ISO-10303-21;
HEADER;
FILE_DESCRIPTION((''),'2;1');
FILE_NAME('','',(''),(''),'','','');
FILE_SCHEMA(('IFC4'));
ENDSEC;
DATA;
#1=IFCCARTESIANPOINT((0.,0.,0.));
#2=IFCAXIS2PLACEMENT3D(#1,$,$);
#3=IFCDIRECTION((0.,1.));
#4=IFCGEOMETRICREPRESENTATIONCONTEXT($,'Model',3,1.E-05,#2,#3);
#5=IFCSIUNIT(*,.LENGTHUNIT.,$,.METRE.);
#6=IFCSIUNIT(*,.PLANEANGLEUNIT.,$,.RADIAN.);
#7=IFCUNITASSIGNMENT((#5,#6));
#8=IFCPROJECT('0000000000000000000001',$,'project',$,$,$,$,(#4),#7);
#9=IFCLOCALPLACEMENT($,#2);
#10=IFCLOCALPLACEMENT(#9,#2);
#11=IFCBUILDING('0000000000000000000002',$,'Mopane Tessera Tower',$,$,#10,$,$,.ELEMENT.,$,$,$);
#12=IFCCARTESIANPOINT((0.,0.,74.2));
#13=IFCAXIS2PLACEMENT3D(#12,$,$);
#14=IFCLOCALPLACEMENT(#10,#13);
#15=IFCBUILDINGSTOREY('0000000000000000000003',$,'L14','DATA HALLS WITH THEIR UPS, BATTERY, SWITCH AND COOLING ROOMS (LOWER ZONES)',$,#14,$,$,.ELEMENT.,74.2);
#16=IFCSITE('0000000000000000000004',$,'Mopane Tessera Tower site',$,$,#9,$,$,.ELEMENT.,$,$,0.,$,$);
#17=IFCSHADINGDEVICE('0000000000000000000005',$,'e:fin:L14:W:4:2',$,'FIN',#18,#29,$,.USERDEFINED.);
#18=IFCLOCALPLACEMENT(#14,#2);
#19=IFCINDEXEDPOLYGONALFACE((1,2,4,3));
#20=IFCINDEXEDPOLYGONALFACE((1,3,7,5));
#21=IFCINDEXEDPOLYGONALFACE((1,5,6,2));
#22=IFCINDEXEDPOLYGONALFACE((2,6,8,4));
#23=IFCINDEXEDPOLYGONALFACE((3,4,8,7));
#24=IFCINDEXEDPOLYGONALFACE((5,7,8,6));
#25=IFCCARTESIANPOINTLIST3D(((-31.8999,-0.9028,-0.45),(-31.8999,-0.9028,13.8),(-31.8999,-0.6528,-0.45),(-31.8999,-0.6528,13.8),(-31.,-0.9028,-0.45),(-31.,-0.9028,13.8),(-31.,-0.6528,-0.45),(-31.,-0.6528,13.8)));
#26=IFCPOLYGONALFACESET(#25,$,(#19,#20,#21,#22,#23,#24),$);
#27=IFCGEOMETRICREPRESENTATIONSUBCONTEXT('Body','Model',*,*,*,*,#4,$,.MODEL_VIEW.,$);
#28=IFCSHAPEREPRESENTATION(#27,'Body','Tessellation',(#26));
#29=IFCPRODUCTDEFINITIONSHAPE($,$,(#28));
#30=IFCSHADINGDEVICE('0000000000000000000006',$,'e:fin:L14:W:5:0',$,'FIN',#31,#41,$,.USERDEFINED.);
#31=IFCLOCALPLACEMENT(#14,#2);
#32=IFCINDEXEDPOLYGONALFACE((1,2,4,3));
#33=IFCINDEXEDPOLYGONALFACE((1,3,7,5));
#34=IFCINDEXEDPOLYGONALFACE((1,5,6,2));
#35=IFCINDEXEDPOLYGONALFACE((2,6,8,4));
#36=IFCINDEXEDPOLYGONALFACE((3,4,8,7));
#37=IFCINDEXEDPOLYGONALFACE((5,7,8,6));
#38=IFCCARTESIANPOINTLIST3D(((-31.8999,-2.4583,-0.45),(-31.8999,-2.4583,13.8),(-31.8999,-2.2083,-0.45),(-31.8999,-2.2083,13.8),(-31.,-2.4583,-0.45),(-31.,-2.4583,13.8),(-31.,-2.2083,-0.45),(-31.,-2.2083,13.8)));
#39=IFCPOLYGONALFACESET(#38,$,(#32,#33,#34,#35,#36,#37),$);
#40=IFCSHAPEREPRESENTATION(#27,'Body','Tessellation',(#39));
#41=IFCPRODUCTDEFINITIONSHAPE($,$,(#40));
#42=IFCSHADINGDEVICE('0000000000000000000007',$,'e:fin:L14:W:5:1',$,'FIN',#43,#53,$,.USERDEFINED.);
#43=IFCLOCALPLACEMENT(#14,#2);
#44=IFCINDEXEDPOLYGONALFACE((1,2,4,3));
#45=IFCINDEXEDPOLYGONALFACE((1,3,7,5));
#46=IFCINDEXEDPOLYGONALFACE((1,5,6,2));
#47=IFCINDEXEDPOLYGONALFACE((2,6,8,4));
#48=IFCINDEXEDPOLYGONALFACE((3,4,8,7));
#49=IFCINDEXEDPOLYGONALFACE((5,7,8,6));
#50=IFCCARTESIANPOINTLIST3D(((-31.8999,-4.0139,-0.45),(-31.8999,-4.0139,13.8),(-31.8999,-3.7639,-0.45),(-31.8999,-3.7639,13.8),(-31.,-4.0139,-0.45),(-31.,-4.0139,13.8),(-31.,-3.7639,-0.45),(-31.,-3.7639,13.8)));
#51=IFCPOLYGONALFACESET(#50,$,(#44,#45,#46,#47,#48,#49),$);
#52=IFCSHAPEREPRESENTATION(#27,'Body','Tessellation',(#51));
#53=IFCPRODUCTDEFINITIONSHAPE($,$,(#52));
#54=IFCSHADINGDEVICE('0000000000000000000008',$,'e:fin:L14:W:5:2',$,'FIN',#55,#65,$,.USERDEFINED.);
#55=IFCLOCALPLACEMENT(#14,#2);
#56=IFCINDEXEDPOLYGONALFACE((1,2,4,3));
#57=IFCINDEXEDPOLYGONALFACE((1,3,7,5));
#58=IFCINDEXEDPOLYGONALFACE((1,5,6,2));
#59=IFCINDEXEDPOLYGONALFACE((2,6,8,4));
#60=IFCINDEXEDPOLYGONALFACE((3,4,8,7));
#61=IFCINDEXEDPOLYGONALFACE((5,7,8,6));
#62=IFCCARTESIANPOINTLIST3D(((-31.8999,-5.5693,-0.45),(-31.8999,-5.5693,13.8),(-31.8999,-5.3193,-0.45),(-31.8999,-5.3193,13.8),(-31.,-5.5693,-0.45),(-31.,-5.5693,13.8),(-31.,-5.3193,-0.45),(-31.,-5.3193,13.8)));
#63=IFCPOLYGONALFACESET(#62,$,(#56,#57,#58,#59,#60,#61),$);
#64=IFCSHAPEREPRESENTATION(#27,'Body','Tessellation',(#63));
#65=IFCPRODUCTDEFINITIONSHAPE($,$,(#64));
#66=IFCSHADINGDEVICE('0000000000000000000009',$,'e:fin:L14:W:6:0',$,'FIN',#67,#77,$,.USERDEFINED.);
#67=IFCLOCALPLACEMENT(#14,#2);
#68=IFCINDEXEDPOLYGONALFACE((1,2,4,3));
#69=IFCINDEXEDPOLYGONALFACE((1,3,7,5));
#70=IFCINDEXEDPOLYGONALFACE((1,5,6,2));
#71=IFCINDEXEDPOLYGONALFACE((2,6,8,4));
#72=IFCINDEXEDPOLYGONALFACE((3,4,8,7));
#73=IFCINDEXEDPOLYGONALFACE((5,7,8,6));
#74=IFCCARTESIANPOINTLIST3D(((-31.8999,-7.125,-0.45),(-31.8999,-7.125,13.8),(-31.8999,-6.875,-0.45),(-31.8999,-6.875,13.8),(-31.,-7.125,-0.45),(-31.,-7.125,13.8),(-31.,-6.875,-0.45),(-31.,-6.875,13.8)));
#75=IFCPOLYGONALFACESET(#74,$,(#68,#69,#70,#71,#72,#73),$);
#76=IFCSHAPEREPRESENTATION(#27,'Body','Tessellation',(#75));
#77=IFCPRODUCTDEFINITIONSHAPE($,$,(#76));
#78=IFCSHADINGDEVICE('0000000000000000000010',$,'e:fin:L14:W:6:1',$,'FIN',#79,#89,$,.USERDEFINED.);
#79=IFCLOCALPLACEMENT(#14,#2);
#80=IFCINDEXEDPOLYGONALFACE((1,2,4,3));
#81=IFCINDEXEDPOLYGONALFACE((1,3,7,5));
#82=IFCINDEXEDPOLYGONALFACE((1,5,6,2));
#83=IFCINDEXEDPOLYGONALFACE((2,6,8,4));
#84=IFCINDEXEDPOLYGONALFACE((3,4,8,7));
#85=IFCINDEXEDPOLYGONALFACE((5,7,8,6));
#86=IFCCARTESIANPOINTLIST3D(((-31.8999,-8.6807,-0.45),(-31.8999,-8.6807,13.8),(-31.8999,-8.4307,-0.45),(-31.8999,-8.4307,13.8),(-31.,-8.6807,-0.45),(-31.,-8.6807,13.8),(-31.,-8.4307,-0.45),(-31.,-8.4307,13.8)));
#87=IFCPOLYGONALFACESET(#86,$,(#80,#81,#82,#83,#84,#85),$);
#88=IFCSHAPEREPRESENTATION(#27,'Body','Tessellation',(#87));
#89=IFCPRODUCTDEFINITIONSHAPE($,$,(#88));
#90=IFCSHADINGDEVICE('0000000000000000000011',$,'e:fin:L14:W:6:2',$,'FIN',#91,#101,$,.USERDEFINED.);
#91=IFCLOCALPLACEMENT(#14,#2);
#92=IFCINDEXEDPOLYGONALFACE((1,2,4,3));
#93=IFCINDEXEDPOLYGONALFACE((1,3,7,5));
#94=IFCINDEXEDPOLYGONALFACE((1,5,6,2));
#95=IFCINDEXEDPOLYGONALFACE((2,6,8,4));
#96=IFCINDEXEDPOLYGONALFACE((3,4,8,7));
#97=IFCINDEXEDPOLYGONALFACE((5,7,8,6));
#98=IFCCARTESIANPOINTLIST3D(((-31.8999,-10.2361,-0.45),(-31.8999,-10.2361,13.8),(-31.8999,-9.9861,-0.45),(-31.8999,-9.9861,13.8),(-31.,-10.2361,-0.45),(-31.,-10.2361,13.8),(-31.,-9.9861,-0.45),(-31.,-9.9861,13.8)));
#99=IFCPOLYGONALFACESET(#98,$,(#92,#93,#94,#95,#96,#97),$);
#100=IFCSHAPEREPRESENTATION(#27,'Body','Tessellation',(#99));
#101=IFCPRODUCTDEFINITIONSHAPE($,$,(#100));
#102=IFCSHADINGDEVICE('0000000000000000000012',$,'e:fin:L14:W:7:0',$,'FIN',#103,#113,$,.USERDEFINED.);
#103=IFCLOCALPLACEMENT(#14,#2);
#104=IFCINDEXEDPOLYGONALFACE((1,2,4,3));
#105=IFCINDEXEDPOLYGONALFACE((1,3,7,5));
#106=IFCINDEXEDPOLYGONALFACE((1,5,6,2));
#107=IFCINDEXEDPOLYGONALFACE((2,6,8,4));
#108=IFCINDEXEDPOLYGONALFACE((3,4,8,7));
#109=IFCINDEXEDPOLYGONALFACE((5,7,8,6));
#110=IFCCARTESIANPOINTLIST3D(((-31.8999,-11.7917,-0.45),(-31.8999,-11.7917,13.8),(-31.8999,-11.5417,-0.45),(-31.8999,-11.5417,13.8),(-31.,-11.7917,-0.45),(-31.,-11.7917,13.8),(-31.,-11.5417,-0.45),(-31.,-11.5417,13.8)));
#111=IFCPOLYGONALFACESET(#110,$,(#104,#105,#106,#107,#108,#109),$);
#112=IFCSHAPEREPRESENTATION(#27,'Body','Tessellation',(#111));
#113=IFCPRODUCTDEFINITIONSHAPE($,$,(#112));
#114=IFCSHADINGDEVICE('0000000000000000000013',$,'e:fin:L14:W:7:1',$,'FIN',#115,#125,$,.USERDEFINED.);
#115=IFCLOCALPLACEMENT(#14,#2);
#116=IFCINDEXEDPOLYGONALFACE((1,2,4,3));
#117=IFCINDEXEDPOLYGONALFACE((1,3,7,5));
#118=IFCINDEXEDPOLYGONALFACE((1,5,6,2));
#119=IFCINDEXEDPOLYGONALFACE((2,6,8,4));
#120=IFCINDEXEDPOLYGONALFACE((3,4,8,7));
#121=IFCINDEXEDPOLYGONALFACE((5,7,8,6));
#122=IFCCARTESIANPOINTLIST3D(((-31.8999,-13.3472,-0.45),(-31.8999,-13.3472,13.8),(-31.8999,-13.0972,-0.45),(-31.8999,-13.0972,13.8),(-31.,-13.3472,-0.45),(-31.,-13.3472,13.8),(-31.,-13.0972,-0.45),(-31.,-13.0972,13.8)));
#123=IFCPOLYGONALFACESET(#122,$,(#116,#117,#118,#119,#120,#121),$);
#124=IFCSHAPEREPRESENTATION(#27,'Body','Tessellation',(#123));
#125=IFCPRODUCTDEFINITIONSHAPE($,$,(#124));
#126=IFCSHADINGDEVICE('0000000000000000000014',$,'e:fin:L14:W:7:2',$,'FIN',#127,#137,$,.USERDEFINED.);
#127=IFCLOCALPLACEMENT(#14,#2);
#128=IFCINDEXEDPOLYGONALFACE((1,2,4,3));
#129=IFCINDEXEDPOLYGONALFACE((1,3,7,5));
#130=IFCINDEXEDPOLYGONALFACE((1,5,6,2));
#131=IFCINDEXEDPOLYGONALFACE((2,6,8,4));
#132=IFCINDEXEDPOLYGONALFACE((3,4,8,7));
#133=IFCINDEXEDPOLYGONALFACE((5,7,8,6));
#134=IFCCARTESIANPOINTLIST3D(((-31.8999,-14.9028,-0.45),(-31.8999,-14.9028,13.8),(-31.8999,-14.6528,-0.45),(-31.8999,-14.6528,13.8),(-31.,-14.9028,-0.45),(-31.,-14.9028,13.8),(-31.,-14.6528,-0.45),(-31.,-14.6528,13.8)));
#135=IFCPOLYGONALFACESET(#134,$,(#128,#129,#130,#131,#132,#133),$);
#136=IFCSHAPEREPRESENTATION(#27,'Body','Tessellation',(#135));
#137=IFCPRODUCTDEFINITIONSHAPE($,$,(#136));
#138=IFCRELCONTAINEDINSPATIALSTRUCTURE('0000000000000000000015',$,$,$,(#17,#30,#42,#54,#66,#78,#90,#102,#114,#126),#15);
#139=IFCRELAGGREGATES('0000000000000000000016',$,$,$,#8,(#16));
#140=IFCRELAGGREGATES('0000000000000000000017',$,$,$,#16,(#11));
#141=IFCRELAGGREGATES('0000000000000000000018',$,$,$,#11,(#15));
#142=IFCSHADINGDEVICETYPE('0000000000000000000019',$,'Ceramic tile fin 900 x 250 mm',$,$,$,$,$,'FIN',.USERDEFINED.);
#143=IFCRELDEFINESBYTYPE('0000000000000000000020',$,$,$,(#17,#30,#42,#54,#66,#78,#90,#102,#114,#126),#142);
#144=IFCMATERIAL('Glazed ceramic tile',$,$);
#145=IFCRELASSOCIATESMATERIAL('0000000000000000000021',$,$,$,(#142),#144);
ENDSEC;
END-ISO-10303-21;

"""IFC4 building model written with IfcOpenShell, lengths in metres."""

from ifc_helpers import new_model, si_unit, direction, frame, origin, origin_2d, place, context, subcontext, project, spatial, rectangle, extrude, material, type_object, element, save


model = new_model("IFC4")

# Units and contexts
model_context = context("Model", 3, precision=1e-05, world=origin(), true_north=direction((0.0, 1.0)))
body_context = subcontext(model_context, "Body", "Model", "MODEL_VIEW")
ifc_project = project(units=[si_unit("LENGTHUNIT", "METRE"), si_unit("PLANEANGLEUNIT", "RADIAN")], contexts=[model_context])

# Site, building, storey
site_placement = place(None, origin())
site = spatial("IfcSite", under=ifc_project, at=site_placement, Name="Mopane Tessera Tower site", CompositionType="ELEMENT", RefElevation=0.0)
building_placement = place(site_placement, origin())
building = spatial("IfcBuilding", under=site, at=building_placement, Name="Mopane Tessera Tower", CompositionType="ELEMENT")
storey_placement = place(building_placement, frame((0.0, 0.0, 74.2)))
storey = spatial("IfcBuildingStorey", under=building, at=storey_placement, Name="L14", Description="DATA HALLS WITH THEIR UPS, BATTERY, SWITCH AND COOLING ROOMS (LOWER ZONES)", CompositionType="ELEMENT", Elevation=74.2)

# Shading devices
ifc_material_1 = material(Name="Glazed ceramic tile")
shading_device_type = type_object("IfcShadingDeviceType", Name="Ceramic tile fin 900 x 250 mm", ElementType="FIN", PredefinedType="USERDEFINED", material=ifc_material_1)
for number, where, z_axis, x_axis, name in (
    (1, (-31.45, -0.7778, -0.45), (0.0, 0.0, 1.0), (0.0, -1.0, 0.0), "e:fin:L14:W:4:2"),
    (2, (-31.45, -2.3333, -0.45), (0.0, 0.0, 1.0), (0.0, -1.0, 0.0), "e:fin:L14:W:5:0"),
    (3, (-31.45, -3.8889, -0.45), (0.0, 0.0, 1.0), (0.0, -1.0, 0.0), "e:fin:L14:W:5:1"),
    (4, (-31.45, -5.4443, -0.45), (0.0, 0.0, 1.0), (0.0, -1.0, 0.0), "e:fin:L14:W:5:2"),
    (5, (-31.45, -7.0, -0.45), (0.0, 0.0, 1.0), (0.0, -1.0, 0.0), "e:fin:L14:W:6:0"),
    (6, (-31.45, -8.5557, -0.45), (0.0, 0.0, 1.0), (0.0, -1.0, 0.0), "e:fin:L14:W:6:1"),
    (7, (-31.45, -10.1111, -0.45), (0.0, 0.0, 1.0), (0.0, -1.0, 0.0), "e:fin:L14:W:6:2"),
    (8, (-31.45, -11.6667, -0.45), (0.0, 0.0, 1.0), (0.0, -1.0, 0.0), "e:fin:L14:W:7:0"),
    (9, (-31.45, -13.2222, -0.45), (0.0, 0.0, 1.0), (0.0, -1.0, 0.0), "e:fin:L14:W:7:1"),
    (10, (-31.45, -14.7778, -0.45), (0.0, 0.0, 1.0), (0.0, -1.0, 0.0), "e:fin:L14:W:7:2"),
):
    element("IfcShadingDevice", number, at=place(storey_placement, frame(where, z_axis=z_axis, x_axis=x_axis)), inside=storey, type_object=shading_device_type, Name=name, ObjectType="FIN", PredefinedType="USERDEFINED", context=body_context, shape_type="SweptSolid", body=[
        extrude(rectangle(XDim=0.25, YDim=0.8999, at=origin_2d()), origin(), (0.0, 0.0, 1.0), 14.25),
    ])

save(model, "model.ifc")
